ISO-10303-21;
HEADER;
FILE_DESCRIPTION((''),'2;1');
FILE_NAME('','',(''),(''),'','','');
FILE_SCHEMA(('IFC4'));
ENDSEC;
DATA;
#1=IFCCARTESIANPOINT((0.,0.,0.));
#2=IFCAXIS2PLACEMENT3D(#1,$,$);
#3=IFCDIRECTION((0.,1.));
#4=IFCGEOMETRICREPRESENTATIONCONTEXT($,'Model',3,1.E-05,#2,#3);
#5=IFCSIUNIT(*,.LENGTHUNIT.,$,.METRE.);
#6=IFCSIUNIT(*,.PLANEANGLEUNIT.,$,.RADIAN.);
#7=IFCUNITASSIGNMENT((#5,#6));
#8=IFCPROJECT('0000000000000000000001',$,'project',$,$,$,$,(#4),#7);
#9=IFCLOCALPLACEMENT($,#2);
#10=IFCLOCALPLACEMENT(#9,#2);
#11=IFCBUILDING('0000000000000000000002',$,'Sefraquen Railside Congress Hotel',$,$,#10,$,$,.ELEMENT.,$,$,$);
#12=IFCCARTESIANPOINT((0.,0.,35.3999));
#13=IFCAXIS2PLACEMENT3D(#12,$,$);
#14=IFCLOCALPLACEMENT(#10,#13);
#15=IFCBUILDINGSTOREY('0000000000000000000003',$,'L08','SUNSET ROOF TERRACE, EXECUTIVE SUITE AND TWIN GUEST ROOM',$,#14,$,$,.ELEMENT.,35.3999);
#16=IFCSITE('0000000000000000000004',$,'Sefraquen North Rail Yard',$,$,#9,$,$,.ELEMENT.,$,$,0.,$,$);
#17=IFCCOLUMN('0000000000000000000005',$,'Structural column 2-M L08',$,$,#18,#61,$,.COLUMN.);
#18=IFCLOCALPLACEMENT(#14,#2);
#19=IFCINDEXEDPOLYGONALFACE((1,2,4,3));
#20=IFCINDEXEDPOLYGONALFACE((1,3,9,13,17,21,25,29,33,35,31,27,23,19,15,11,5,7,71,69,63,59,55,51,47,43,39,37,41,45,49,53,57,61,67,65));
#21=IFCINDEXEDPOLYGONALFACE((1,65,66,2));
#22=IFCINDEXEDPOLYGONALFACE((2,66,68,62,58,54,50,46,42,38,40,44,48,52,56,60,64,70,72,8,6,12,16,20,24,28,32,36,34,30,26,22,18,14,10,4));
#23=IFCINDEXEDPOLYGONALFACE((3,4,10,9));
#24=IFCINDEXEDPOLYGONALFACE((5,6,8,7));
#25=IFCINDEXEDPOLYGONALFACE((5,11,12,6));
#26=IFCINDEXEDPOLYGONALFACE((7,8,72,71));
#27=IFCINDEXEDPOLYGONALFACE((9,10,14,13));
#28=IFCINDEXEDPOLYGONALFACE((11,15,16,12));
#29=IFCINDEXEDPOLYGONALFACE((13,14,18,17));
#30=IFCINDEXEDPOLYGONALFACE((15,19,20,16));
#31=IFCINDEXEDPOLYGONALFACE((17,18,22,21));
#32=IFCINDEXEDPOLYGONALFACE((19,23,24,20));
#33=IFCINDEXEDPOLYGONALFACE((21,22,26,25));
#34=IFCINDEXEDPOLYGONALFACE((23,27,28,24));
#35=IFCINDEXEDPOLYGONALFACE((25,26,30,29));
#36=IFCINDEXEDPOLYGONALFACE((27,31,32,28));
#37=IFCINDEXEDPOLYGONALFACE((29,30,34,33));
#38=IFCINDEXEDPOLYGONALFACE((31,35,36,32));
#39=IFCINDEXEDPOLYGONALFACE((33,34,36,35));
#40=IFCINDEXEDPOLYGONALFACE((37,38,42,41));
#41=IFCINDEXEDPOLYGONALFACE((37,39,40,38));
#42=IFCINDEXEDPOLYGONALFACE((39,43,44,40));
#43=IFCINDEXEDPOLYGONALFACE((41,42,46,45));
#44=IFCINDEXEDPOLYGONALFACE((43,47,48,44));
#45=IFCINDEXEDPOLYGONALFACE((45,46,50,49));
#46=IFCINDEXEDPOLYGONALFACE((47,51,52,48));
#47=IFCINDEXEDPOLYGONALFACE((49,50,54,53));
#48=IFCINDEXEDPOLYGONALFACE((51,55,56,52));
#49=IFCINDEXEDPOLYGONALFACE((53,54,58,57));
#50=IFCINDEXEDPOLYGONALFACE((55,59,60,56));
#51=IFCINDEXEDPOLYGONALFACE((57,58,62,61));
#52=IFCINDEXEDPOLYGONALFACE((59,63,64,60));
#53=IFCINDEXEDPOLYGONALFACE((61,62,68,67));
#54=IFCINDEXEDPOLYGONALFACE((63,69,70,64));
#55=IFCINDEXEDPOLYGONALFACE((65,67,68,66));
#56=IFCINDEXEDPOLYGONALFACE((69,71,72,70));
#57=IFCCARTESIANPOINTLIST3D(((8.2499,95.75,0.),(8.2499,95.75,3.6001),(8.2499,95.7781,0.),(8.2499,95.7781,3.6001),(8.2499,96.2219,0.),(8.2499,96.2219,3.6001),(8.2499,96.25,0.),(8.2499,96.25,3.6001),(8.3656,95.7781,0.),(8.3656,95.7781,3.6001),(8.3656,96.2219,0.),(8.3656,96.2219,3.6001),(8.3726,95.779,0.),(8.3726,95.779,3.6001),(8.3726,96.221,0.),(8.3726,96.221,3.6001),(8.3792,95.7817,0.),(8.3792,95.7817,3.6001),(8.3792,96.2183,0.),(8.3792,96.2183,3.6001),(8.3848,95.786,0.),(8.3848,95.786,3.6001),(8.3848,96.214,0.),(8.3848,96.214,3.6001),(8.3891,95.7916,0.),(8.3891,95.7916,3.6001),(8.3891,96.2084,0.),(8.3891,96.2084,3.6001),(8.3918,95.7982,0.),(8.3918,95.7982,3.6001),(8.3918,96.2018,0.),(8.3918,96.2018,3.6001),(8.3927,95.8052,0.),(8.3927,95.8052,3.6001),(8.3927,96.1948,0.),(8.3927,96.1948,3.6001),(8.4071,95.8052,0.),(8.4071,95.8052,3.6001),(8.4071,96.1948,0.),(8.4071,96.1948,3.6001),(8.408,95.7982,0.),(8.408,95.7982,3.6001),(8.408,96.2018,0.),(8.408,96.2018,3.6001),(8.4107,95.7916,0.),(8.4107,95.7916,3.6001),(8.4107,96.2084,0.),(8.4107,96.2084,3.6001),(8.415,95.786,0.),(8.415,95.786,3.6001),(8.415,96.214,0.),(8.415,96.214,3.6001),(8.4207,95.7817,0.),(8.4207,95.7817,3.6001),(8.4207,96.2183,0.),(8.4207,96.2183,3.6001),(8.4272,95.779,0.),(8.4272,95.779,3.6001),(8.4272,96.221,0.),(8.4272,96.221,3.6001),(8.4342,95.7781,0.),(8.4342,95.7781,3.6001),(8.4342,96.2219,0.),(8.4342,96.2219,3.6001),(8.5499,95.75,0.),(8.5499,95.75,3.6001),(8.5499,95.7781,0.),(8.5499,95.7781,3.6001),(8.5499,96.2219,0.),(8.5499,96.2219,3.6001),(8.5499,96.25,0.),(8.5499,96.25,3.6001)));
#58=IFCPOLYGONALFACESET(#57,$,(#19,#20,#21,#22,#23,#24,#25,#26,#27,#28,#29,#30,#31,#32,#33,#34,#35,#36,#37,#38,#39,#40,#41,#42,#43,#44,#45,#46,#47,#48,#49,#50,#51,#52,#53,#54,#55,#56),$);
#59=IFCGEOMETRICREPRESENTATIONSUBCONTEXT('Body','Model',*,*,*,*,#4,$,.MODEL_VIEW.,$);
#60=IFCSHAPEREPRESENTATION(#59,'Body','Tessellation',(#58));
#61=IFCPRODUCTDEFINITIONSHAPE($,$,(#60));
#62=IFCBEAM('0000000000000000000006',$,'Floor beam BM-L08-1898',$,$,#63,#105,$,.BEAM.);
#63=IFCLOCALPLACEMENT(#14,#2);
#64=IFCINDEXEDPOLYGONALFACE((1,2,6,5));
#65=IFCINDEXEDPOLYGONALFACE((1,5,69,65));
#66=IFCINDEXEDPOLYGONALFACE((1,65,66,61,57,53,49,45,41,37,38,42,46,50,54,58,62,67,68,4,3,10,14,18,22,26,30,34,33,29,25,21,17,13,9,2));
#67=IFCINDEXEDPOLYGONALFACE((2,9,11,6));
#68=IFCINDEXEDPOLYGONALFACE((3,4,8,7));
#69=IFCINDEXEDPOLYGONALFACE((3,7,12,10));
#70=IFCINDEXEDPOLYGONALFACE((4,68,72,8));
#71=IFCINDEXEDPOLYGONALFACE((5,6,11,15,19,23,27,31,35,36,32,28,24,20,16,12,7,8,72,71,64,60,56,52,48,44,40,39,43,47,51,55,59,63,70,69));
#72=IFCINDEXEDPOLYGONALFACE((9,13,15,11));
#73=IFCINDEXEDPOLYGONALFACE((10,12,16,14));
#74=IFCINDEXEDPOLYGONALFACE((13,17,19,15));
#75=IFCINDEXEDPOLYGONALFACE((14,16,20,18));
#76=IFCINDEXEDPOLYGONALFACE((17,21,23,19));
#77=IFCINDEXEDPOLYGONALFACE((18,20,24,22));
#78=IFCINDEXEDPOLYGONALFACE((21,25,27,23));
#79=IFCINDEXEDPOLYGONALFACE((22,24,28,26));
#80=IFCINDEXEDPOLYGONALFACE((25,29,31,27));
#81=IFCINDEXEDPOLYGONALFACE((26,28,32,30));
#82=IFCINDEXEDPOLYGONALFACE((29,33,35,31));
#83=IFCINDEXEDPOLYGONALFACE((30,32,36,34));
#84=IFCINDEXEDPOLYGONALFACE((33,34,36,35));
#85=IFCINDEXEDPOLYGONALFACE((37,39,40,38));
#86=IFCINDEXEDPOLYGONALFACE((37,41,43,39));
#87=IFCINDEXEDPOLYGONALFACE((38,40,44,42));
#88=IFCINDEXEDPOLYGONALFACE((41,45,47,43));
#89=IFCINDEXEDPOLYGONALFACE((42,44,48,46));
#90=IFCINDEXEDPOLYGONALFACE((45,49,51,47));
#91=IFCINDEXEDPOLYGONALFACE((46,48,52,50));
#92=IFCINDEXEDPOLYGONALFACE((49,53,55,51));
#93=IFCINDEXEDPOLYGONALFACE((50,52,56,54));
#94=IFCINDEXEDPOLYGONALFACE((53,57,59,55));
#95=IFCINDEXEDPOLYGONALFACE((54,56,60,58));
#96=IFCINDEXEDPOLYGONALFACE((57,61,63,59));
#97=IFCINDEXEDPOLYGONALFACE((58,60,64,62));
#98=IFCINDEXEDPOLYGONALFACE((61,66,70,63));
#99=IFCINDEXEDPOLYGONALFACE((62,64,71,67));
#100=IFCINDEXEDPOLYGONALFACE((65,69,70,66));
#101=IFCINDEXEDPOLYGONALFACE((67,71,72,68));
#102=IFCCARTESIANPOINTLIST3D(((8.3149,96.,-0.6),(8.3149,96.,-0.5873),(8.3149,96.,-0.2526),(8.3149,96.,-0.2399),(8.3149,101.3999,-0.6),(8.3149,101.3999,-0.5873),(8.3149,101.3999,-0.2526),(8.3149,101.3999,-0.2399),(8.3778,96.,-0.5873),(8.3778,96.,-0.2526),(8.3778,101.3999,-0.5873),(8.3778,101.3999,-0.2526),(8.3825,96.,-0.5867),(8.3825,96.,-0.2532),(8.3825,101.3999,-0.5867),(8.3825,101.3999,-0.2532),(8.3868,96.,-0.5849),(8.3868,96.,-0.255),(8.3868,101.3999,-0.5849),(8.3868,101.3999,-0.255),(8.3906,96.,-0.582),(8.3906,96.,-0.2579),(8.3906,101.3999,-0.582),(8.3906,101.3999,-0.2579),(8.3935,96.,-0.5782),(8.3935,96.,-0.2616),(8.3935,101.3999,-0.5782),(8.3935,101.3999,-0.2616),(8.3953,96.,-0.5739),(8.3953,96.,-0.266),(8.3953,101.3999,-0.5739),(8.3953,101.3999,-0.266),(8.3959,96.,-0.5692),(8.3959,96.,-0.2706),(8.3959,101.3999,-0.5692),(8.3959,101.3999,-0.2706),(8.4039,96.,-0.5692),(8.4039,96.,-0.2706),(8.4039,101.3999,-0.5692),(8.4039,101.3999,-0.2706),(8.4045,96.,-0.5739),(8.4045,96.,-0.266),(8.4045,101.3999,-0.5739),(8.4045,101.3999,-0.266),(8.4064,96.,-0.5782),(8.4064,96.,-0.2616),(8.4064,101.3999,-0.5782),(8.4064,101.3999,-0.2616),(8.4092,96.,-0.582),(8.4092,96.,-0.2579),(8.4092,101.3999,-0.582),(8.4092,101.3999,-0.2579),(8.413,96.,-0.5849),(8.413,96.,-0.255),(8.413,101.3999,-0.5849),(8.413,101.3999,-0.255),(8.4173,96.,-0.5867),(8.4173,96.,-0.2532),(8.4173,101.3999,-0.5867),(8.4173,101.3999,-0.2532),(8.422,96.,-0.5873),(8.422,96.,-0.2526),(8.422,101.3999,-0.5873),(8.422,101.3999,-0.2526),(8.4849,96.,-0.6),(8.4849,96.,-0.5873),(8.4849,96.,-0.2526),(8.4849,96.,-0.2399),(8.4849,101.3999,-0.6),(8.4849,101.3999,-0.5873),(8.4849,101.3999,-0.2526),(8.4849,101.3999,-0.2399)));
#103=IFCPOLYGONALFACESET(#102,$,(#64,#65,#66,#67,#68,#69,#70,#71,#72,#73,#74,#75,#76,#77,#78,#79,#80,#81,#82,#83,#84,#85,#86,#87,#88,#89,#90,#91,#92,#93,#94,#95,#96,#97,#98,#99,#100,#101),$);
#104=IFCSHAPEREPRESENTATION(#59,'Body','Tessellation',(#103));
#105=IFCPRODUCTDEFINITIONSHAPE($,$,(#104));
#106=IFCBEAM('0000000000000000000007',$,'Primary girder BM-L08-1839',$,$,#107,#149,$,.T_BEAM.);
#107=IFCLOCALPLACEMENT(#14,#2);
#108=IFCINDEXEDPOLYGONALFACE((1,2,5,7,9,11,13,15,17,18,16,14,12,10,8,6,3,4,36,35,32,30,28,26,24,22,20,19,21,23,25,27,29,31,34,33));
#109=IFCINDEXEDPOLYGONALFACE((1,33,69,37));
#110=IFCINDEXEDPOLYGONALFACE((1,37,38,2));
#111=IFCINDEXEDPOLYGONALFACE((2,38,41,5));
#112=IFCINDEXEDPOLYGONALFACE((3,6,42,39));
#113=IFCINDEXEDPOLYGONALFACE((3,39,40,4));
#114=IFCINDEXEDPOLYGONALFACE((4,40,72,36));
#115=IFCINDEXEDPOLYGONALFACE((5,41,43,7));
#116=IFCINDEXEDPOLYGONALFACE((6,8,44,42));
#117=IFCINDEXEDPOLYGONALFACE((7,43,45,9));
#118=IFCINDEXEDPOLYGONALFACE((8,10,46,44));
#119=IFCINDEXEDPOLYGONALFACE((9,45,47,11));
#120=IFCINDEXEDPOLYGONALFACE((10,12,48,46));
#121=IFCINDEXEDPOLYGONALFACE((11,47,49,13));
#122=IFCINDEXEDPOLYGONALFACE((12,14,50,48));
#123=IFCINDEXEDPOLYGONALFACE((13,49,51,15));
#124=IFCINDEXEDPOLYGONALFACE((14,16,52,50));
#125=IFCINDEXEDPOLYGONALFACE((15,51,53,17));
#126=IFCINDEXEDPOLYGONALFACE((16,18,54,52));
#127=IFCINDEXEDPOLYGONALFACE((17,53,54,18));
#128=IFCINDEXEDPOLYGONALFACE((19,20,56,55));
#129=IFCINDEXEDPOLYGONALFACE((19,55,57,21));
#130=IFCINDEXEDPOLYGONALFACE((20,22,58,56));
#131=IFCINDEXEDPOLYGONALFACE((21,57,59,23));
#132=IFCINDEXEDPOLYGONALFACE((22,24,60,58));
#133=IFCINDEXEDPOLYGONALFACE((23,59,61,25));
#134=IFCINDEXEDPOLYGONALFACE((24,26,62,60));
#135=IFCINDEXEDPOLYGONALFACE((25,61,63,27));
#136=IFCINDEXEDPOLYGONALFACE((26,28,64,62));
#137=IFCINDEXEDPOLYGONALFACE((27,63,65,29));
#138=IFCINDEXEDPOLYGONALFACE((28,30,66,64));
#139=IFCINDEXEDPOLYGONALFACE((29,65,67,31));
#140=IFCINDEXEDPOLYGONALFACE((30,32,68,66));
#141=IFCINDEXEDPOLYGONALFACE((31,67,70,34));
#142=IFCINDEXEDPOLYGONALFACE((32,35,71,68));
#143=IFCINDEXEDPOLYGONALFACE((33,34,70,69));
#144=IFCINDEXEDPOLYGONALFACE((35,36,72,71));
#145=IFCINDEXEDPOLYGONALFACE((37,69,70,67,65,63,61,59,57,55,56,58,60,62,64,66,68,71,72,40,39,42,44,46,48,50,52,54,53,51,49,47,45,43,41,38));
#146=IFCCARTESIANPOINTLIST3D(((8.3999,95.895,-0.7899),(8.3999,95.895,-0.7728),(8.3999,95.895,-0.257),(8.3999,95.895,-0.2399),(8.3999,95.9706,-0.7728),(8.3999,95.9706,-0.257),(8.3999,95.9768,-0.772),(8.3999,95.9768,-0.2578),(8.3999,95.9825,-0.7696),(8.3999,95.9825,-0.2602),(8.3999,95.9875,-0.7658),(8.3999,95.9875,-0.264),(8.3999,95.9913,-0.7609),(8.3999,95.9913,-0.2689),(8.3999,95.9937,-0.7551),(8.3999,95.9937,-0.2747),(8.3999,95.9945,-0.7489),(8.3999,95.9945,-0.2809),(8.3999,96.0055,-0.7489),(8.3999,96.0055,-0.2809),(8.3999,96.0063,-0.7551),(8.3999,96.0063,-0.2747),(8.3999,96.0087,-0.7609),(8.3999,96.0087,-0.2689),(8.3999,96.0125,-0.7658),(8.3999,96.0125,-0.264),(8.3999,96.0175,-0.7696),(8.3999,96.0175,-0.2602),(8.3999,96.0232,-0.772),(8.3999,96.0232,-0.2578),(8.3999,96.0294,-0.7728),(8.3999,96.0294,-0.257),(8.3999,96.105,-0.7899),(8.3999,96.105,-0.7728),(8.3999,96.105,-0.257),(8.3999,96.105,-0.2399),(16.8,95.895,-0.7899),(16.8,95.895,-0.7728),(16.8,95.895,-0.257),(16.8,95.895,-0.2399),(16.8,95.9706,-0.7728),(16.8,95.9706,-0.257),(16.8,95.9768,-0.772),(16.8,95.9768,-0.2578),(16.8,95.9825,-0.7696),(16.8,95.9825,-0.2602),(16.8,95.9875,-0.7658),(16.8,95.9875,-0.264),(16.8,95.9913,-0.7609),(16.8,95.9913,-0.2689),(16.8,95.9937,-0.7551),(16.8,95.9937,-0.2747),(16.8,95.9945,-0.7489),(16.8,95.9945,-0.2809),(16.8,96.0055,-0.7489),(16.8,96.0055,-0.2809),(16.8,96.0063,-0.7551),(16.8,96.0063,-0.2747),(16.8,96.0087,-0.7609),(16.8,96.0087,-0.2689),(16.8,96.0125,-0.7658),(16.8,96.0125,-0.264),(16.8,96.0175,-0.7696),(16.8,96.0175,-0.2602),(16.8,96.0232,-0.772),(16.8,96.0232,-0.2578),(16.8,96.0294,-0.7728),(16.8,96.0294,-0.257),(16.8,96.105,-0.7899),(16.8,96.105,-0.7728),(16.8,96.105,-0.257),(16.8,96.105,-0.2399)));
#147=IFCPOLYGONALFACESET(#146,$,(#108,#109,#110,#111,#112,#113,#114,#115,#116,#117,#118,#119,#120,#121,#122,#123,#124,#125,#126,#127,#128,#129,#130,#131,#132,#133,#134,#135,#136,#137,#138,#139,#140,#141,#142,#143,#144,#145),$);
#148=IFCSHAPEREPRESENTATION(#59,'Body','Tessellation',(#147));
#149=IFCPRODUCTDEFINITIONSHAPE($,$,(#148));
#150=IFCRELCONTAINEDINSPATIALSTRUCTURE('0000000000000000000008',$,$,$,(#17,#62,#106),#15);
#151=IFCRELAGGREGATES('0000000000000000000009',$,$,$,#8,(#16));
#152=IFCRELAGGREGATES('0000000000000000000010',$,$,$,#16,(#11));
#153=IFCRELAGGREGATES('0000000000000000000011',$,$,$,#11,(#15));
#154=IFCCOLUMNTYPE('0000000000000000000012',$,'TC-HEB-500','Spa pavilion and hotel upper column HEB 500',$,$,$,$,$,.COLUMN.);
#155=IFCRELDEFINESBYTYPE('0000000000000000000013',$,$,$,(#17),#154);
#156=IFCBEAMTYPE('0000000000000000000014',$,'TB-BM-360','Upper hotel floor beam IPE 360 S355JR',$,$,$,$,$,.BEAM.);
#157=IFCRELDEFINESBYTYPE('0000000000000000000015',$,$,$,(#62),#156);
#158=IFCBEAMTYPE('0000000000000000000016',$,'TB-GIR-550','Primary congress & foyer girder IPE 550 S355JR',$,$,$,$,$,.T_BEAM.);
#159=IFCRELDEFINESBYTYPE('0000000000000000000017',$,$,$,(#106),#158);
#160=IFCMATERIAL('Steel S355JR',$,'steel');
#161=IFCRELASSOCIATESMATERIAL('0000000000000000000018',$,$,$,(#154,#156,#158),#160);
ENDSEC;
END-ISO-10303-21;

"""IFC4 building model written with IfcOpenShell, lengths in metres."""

from ifc_helpers import new_model, si_unit, direction, frame, origin, origin_2d, place, context, subcontext, project, spatial, i_section, extrude, material, material_profile, profile_set, type_object, element, save


model = new_model("IFC4")

# Units and contexts
model_context = context("Model", 3, precision=1e-05, world=origin(), true_north=direction((0.0, 1.0)))
body_context = subcontext(model_context, "Body", "Model", "MODEL_VIEW")
ifc_project = project(units=[si_unit("LENGTHUNIT", "METRE"), si_unit("PLANEANGLEUNIT", "RADIAN")], contexts=[model_context])

# Site, building, storey
site_placement = place(None, origin())
site = spatial("IfcSite", under=ifc_project, at=site_placement, Name="Sefraquen North Rail Yard", CompositionType="ELEMENT", RefElevation=0.0)
building_placement = place(site_placement, origin())
building = spatial("IfcBuilding", under=site, at=building_placement, Name="Sefraquen Railside Congress Hotel", CompositionType="ELEMENT")
storey_placement = place(building_placement, frame((0.0, 0.0, 35.3999)))
storey = spatial("IfcBuildingStorey", under=building, at=storey_placement, Name="L08", Description="SUNSET ROOF TERRACE, EXECUTIVE SUITE AND TWIN GUEST ROOM", CompositionType="ELEMENT", Elevation=35.3999)

# Column
ifc_material_1 = material(Name="Steel S355JR", Category="steel")
ifc_material_profile_1 = material_profile(ifc_material_1, i_section(OverallWidth=0.3, OverallDepth=0.5, WebThickness=0.0144, FlangeThickness=0.0281, FilletRadius=0.0271, at=origin_2d()), Name="HEB 500")
ifc_profile_set_1 = profile_set([ifc_material_profile_1], Name="Steel S355JR")
column_type = type_object("IfcColumnType", Name="TC-HEB-500", Description="Spa pavilion and hotel upper column HEB 500", PredefinedType="COLUMN", material=ifc_profile_set_1)
column_placement = place(storey_placement, frame((8.3999, 96.0, 0.0), z_axis=(0.0, 0.0, 1.0), x_axis=(1.0, 0.0, 0.0)))
element("IfcColumn", 1, at=column_placement, inside=storey, type_object=column_type, Name="Structural column 2-M L08", PredefinedType="COLUMN", context=body_context, shape_type="SweptSolid", body=[
    extrude(i_section(OverallWidth=0.3, OverallDepth=0.5, WebThickness=0.0144, FlangeThickness=0.0281, FilletRadius=0.0271, at=origin_2d()), origin(), (0.0, 0.0, 1.0), 3.6001),
])

# Beams
ifc_material_profile_2 = material_profile(ifc_material_1, i_section(OverallWidth=0.1699, OverallDepth=0.3601, WebThickness=0.0081, FlangeThickness=0.0127, FilletRadius=0.0181, at=origin_2d()), Name="IPE 360")
ifc_profile_set_2 = profile_set([ifc_material_profile_2], Name="Steel S355JR")
beam_type_1 = type_object("IfcBeamType", Name="TB-BM-360", Description="Upper hotel floor beam IPE 360 S355JR", PredefinedType="BEAM", material=ifc_profile_set_2)
beam_1_placement = place(storey_placement, frame((8.3999, 96.0, -0.4199), z_axis=(0.0, 1.0, 0.0), x_axis=(-1.0, 0.0, 0.0)))
element("IfcBeam", 2, at=beam_1_placement, inside=storey, type_object=beam_type_1, Name="Floor beam BM-L08-1898", PredefinedType="BEAM", context=body_context, shape_type="SweptSolid", body=[
    extrude(i_section(OverallWidth=0.1699, OverallDepth=0.3601, WebThickness=0.0081, FlangeThickness=0.0127, FilletRadius=0.0181, at=origin_2d()), origin(), (0.0, 0.0, 1.0), 5.3999),
])
ifc_material_profile_3 = material_profile(ifc_material_1, i_section(OverallWidth=0.21, OverallDepth=0.55, WebThickness=0.011, FlangeThickness=0.0171, FilletRadius=0.0239, at=origin_2d()), Name="IPE 550")
ifc_profile_set_3 = profile_set([ifc_material_profile_3], Name="Steel S355JR")
beam_type_2 = type_object("IfcBeamType", Name="TB-GIR-550", Description="Primary congress & foyer girder IPE 550 S355JR", PredefinedType="T_BEAM", material=ifc_profile_set_3)
beam_2_placement = place(storey_placement, frame((8.3999, 96.0, -0.5149), z_axis=(1.0, 0.0, 0.0), x_axis=(0.0, 1.0, 0.0)))
element("IfcBeam", 3, at=beam_2_placement, inside=storey, type_object=beam_type_2, Name="Primary girder BM-L08-1839", PredefinedType="T_BEAM", context=body_context, shape_type="SweptSolid", body=[
    extrude(i_section(OverallWidth=0.21, OverallDepth=0.55, WebThickness=0.011, FlangeThickness=0.0171, FilletRadius=0.0239, at=origin_2d()), origin(), (0.0, 0.0, 1.0), 8.4001),
])

save(model, "model.ifc")
